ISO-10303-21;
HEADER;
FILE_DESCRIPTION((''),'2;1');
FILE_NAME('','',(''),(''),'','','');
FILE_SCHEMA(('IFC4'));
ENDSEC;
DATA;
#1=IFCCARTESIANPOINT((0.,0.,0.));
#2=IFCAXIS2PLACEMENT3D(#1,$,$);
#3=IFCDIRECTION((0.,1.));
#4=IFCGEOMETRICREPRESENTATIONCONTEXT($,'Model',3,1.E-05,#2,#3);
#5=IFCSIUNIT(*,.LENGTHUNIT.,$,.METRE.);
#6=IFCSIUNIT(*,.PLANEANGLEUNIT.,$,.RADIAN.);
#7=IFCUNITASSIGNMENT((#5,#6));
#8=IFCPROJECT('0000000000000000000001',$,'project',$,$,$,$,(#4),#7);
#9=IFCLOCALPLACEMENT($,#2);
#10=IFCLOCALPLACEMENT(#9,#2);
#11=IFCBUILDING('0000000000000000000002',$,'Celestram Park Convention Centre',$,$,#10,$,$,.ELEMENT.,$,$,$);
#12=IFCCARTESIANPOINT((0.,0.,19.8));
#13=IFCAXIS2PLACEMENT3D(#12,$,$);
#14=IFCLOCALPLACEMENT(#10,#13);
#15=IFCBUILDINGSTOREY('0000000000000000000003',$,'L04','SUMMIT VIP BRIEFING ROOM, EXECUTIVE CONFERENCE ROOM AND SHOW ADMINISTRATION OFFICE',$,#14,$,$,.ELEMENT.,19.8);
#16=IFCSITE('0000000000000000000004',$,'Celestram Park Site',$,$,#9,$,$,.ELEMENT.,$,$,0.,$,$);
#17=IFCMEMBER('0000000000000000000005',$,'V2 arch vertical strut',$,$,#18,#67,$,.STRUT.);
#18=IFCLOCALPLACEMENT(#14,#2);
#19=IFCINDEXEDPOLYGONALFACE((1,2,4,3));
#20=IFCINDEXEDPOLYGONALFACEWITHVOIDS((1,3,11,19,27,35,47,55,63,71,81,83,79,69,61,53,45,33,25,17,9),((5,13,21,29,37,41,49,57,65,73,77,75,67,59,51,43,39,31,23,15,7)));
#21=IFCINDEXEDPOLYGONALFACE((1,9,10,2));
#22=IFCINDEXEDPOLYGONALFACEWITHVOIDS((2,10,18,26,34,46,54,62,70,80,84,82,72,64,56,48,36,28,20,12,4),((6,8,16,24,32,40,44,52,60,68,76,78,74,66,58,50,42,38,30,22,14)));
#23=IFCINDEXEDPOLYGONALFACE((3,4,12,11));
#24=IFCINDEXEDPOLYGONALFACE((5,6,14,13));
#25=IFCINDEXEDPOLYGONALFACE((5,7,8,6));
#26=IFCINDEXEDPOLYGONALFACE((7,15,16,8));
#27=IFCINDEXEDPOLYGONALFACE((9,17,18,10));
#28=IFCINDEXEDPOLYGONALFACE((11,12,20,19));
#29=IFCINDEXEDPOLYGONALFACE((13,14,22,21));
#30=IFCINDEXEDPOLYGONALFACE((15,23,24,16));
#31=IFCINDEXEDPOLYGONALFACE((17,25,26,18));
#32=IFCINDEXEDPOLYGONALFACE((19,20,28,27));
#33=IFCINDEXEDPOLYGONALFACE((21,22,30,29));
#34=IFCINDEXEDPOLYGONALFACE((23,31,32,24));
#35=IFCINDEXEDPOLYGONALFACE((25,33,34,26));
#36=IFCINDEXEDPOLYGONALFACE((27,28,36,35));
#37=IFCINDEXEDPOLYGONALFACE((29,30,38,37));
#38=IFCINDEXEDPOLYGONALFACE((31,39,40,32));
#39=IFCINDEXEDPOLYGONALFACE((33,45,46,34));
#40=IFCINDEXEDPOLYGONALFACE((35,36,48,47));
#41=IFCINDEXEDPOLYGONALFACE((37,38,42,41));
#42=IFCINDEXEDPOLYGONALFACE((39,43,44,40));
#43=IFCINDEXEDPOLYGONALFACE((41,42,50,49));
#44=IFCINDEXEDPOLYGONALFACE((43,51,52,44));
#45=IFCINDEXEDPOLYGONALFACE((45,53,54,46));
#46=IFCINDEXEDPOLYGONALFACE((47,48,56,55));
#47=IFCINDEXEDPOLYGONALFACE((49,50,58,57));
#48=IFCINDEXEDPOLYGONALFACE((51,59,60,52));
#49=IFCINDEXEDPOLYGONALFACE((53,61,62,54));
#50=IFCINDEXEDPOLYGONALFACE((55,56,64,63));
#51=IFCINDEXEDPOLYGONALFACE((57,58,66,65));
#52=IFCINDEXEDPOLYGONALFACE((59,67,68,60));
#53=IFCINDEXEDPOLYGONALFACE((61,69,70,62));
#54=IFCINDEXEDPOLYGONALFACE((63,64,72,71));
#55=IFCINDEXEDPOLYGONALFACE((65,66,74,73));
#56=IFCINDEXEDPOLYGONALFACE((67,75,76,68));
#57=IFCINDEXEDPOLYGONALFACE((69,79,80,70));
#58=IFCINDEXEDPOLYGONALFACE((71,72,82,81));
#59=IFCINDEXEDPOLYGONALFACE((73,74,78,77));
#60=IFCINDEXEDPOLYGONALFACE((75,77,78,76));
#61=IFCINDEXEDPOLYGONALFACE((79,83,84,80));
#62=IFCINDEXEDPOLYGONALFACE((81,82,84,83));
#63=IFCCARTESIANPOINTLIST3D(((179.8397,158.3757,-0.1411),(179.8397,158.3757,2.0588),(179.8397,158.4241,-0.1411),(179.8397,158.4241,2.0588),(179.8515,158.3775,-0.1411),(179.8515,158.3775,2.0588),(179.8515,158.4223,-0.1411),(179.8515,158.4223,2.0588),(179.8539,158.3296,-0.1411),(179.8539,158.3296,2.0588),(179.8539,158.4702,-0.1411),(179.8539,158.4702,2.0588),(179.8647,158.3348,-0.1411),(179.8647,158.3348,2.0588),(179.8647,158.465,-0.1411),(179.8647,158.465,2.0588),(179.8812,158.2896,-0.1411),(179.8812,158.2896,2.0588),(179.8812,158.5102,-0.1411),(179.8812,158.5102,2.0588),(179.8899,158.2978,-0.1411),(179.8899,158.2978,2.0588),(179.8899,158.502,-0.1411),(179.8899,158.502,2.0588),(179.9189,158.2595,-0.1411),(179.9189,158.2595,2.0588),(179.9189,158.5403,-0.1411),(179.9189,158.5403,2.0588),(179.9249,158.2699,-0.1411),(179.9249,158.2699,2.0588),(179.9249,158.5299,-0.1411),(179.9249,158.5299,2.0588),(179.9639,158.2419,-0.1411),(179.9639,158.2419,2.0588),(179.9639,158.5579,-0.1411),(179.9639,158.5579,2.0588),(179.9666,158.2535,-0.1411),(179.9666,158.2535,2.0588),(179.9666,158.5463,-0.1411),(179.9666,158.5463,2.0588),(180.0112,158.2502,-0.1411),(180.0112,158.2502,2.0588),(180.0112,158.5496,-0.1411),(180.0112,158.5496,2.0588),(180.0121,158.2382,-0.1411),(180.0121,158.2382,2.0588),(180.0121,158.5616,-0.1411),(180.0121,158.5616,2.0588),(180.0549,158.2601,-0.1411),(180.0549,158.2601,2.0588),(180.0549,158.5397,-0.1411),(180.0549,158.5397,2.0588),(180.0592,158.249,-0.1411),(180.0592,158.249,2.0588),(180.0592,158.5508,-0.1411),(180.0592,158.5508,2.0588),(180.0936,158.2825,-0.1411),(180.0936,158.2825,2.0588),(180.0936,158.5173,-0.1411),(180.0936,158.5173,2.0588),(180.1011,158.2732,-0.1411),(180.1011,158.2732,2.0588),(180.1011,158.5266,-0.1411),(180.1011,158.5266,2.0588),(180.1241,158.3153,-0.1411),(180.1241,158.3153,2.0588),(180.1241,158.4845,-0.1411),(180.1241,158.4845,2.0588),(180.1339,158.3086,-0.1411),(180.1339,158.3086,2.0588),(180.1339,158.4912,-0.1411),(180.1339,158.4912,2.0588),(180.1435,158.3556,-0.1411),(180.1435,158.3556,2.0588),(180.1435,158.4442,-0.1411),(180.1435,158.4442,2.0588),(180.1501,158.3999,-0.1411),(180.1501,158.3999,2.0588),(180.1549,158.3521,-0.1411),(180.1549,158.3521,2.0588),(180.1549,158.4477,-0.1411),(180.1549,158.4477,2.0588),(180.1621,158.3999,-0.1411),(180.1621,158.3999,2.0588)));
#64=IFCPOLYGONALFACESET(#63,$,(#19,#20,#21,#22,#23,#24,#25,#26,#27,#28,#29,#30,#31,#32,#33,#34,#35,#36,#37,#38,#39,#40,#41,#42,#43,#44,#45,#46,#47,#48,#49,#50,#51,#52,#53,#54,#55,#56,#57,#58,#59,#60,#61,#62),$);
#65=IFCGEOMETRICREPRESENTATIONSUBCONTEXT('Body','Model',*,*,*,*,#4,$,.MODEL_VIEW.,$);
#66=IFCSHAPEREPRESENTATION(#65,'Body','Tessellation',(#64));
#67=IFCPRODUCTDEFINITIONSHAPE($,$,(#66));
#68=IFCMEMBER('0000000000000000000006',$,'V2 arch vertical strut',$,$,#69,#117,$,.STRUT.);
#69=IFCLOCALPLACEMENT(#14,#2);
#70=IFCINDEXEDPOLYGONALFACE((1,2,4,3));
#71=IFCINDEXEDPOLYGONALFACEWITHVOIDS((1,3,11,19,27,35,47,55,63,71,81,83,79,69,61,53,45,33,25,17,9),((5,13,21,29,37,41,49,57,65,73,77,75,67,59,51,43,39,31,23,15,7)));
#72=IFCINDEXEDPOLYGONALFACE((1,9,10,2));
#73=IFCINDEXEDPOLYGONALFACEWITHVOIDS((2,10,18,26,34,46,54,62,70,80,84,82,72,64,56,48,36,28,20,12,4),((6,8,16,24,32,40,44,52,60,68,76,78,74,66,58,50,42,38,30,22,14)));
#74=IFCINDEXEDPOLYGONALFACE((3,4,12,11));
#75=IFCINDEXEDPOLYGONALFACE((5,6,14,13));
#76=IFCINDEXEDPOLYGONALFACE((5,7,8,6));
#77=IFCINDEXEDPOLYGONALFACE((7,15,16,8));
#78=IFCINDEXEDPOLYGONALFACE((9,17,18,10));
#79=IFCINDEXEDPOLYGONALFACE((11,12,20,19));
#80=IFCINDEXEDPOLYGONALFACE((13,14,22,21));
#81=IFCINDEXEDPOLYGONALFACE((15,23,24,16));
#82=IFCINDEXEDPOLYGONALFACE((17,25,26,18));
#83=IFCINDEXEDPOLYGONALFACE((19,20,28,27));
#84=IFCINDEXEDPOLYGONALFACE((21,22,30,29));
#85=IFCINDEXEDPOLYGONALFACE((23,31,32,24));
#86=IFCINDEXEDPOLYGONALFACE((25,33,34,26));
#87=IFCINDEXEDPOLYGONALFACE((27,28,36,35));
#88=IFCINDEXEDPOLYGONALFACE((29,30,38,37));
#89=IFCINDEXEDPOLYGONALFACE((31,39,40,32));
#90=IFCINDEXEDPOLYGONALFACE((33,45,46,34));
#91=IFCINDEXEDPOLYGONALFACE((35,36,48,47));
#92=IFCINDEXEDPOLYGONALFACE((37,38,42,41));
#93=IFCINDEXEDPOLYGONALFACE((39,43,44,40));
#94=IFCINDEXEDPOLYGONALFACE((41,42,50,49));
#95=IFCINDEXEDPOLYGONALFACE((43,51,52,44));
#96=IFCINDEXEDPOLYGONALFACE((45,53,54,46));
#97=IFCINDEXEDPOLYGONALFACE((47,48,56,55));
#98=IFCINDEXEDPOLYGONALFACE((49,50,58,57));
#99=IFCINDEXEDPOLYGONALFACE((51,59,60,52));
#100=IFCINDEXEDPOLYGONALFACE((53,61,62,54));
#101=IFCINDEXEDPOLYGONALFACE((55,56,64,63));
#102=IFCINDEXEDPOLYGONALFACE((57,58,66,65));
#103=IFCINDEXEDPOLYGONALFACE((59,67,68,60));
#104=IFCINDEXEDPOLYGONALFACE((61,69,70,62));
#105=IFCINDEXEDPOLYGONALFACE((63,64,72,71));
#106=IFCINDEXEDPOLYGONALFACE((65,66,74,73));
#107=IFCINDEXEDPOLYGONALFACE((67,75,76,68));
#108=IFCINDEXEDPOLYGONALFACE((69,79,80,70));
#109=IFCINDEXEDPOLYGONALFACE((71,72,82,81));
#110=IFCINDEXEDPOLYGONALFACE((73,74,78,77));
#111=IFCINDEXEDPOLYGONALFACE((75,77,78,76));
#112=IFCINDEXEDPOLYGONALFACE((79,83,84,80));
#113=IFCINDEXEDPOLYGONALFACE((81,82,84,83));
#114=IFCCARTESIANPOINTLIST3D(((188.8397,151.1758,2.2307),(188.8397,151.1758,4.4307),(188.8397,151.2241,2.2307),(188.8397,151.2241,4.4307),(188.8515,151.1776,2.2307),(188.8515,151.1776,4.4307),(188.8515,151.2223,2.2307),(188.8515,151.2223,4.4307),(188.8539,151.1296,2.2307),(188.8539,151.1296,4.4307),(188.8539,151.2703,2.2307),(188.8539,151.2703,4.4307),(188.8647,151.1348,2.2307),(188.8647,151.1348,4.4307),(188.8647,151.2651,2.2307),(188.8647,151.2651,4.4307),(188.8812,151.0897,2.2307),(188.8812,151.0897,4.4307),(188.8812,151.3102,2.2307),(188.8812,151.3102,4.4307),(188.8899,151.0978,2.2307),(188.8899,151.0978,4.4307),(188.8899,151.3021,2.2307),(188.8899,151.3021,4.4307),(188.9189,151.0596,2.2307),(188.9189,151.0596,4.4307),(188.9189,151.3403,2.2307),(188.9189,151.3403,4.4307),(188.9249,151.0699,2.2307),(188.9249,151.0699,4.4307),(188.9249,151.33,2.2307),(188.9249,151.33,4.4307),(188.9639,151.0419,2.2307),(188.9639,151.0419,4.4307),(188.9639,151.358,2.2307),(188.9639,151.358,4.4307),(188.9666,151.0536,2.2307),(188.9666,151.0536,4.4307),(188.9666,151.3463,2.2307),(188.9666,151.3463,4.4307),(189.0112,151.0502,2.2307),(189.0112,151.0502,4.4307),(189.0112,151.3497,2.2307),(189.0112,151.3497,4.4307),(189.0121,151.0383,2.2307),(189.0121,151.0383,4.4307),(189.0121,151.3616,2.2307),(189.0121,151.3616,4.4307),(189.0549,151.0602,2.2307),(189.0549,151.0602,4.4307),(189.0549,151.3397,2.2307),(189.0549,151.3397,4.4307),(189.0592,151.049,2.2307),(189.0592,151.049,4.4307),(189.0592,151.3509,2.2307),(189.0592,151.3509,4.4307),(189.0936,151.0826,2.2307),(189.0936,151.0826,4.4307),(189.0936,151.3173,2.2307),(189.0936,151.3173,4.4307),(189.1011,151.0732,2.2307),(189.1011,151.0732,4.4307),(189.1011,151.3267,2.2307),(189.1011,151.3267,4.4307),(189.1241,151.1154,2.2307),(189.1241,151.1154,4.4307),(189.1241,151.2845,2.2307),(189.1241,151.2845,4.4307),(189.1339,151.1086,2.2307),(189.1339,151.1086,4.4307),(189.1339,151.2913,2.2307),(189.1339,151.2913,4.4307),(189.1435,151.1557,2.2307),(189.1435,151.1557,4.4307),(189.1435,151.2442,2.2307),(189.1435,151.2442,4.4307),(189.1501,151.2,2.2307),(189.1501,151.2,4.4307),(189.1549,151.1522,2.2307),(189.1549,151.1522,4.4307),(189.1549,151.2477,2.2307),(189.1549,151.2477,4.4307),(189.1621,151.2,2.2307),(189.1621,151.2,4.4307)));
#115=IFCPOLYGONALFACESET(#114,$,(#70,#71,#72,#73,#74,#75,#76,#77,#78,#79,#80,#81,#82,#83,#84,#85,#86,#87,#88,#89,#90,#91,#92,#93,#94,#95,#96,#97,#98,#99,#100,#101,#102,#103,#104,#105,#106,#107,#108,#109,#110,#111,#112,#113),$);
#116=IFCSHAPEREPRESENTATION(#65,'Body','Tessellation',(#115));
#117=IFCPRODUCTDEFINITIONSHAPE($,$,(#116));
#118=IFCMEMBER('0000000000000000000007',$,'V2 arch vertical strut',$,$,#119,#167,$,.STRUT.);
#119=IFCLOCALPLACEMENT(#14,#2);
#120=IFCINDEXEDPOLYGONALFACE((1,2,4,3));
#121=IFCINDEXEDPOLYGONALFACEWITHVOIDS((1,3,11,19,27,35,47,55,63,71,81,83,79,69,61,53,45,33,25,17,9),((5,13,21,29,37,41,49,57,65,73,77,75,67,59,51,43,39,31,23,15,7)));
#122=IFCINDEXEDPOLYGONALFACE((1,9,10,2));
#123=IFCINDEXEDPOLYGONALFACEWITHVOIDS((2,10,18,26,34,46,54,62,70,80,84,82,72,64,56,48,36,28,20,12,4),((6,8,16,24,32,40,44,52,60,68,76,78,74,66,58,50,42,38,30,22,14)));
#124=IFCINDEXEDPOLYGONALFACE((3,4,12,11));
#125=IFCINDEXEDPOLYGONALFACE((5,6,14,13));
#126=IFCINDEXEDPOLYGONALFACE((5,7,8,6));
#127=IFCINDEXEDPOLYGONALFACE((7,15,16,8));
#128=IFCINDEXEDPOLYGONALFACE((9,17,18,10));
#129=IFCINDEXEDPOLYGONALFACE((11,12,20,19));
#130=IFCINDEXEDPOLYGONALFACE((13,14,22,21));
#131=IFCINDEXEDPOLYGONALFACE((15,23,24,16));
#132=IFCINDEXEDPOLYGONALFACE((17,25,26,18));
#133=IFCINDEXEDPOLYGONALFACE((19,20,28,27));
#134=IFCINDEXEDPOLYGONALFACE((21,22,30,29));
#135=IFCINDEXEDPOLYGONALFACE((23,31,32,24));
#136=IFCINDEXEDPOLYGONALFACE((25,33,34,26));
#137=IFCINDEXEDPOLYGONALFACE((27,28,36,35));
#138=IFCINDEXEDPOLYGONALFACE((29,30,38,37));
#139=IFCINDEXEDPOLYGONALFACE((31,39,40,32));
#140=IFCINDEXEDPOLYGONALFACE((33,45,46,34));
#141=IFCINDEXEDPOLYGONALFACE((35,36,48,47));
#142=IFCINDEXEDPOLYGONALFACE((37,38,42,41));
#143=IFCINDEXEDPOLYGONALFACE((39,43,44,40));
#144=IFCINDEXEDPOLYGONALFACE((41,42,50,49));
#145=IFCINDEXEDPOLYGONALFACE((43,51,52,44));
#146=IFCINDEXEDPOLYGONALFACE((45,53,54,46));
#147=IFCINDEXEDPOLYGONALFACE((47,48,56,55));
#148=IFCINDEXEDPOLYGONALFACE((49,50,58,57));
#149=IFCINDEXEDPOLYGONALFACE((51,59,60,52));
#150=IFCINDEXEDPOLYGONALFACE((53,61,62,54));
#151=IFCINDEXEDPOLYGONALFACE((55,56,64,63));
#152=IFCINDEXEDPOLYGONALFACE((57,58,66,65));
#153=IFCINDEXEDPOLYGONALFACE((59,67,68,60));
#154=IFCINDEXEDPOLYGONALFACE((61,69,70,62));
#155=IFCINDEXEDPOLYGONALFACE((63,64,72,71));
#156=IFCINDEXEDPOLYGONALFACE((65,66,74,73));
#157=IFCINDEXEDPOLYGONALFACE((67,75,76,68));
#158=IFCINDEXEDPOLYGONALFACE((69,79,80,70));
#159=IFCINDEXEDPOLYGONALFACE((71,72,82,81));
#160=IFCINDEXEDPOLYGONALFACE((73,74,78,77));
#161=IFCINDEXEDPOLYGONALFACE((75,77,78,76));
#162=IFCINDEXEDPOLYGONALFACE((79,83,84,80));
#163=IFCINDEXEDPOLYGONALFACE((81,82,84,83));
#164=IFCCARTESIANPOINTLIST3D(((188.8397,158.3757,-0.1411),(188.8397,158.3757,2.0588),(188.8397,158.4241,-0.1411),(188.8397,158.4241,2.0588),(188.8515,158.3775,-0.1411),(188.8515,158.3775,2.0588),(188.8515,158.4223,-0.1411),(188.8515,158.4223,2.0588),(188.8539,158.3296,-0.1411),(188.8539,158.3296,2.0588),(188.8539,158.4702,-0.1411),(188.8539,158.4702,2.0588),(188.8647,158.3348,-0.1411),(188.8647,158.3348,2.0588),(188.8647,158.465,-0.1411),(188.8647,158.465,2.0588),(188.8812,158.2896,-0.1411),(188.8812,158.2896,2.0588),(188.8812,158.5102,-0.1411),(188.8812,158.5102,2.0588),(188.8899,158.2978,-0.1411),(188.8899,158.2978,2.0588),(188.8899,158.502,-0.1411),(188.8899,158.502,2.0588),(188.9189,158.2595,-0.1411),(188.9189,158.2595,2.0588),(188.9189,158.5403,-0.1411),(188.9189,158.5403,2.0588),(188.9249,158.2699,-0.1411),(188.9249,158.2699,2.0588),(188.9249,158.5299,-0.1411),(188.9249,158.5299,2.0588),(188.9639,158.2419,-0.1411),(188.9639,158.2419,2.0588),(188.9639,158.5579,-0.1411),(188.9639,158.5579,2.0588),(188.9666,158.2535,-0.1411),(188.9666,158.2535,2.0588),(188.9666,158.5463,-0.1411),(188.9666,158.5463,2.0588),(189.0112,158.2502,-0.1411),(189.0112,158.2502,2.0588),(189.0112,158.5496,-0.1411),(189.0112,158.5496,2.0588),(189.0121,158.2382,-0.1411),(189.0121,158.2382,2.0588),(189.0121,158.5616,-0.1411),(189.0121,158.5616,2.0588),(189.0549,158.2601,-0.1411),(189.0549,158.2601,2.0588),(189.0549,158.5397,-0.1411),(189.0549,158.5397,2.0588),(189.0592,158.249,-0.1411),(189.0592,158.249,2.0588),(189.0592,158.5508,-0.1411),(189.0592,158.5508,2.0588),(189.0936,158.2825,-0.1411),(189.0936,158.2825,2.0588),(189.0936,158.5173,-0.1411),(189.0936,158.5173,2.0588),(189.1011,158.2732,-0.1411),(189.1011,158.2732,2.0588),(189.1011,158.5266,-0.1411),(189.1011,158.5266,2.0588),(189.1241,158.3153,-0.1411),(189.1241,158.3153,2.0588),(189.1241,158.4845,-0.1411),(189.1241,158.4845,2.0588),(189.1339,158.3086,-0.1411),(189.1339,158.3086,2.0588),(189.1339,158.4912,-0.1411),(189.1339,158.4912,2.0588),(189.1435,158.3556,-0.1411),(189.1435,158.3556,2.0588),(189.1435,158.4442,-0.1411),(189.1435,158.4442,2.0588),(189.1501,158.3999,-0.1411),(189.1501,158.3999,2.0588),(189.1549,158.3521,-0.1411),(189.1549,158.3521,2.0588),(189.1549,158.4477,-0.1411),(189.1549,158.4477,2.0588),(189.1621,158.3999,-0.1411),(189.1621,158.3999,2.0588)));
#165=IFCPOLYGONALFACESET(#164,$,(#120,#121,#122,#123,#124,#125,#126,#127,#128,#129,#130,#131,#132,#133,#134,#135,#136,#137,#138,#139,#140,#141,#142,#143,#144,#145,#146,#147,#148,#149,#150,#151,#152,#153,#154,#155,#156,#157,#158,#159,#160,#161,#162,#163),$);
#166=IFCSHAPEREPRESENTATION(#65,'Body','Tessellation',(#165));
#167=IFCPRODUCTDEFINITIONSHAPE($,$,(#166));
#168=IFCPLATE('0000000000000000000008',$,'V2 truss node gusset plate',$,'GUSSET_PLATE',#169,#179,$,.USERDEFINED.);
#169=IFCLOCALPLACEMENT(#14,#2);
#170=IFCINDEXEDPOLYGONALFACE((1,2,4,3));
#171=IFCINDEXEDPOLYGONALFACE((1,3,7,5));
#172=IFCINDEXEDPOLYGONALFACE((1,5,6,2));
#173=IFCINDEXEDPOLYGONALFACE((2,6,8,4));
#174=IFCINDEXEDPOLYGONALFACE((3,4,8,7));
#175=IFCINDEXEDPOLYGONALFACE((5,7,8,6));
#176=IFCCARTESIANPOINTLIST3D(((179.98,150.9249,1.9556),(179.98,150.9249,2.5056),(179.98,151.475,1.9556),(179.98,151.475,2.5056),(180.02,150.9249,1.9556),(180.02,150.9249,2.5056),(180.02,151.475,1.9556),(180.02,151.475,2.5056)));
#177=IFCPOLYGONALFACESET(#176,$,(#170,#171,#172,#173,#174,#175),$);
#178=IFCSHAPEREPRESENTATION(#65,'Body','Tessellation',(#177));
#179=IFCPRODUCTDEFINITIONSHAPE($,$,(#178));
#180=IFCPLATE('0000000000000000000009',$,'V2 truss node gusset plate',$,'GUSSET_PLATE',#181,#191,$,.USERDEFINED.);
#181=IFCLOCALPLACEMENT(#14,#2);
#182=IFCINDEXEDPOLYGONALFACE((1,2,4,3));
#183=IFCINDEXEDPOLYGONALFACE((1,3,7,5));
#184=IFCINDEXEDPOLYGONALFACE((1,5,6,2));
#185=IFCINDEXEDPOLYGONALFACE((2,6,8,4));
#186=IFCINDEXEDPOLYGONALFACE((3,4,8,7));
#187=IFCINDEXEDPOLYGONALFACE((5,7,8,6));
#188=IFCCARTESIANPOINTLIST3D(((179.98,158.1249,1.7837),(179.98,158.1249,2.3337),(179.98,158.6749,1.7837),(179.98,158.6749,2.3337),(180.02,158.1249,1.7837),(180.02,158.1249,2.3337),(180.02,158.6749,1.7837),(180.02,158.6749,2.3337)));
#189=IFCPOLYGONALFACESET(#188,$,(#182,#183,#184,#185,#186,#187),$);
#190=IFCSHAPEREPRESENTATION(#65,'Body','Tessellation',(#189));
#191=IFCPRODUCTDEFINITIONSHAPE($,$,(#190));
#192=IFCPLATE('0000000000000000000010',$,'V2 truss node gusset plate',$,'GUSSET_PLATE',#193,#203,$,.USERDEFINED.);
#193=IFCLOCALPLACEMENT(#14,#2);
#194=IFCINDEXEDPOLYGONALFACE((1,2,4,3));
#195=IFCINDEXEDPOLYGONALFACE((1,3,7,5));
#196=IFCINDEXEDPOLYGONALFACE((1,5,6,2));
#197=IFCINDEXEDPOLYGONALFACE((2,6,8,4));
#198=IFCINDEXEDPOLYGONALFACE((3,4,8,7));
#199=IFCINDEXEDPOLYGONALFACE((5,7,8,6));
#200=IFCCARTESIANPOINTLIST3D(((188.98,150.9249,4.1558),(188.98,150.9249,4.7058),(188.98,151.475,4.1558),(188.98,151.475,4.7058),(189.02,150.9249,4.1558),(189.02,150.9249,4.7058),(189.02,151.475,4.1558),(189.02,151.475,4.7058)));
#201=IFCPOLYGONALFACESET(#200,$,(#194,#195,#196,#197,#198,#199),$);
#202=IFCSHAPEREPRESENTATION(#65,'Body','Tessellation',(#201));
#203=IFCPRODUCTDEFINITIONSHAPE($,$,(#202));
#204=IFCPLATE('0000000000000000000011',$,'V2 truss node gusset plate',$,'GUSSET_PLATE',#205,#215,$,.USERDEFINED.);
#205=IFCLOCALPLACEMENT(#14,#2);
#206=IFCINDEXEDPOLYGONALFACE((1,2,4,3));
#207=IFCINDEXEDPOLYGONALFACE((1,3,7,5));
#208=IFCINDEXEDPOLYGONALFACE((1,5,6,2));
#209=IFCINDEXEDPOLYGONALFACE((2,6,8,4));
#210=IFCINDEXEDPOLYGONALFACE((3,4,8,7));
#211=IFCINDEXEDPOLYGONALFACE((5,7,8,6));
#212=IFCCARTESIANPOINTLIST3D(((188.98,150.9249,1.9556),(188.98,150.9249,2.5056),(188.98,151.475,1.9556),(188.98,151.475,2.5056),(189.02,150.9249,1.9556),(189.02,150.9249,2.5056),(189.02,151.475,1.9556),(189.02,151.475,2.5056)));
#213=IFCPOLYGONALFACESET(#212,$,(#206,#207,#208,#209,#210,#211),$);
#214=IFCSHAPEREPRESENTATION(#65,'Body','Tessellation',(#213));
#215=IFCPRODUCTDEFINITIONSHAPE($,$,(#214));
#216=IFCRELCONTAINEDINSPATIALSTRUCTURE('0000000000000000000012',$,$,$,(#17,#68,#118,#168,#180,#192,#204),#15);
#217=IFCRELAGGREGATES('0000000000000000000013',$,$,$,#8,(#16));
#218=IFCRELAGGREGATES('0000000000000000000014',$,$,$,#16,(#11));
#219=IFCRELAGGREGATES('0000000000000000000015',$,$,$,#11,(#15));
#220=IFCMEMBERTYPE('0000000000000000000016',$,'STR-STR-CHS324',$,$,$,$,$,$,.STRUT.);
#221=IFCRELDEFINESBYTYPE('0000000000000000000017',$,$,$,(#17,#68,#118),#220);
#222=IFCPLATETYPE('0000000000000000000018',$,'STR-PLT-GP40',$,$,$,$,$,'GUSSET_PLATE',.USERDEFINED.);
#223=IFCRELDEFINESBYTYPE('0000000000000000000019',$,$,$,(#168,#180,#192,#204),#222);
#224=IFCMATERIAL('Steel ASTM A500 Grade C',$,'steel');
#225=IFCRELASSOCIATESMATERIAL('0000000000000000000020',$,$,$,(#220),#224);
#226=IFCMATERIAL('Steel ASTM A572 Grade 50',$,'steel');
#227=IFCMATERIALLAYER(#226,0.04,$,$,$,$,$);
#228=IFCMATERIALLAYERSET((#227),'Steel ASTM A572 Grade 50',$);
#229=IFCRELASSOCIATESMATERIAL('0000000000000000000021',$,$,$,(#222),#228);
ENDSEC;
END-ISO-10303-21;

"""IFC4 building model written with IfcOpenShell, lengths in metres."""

from ifc_helpers import new_model, si_unit, direction, frame, origin, origin_2d, place, context, subcontext, project, spatial, rectangle, hollow_circle, extrude, material, layer, layer_set, material_profile, profile_set, type_object, element, save


model = new_model("IFC4")

# Units and contexts
model_context = context("Model", 3, precision=1e-05, world=origin(), true_north=direction((0.0, 1.0)))
body_context = subcontext(model_context, "Body", "Model", "MODEL_VIEW")
ifc_project = project(units=[si_unit("LENGTHUNIT", "METRE"), si_unit("PLANEANGLEUNIT", "RADIAN")], contexts=[model_context])

# Site, building, storey
site_placement = place(None, origin())
site = spatial("IfcSite", under=ifc_project, at=site_placement, Name="Celestram Park Site", CompositionType="ELEMENT", RefElevation=0.0)
building_placement = place(site_placement, origin())
building = spatial("IfcBuilding", under=site, at=building_placement, Name="Celestram Park Convention Centre", CompositionType="ELEMENT")
storey_placement = place(building_placement, frame((0.0, 0.0, 19.8)))
storey = spatial("IfcBuildingStorey", under=building, at=storey_placement, Name="L04", Description="SUMMIT VIP BRIEFING ROOM, EXECUTIVE CONFERENCE ROOM AND SHOW ADMINISTRATION OFFICE", CompositionType="ELEMENT", Elevation=19.8)

# Members
ifc_material_1 = material(Name="Steel ASTM A500 Grade C", Category="steel")
ifc_material_profile_1 = material_profile(ifc_material_1, hollow_circle(Radius=0.1621, WallThickness=0.012, at=origin_2d()), Name="CHS324X12")
ifc_profile_set_1 = profile_set([ifc_material_profile_1], Name="Steel ASTM A500 Grade C")
member_type_1 = type_object("IfcMemberType", Name="STR-STR-CHS324", PredefinedType="STRUT", material=ifc_profile_set_1)
for number, where, z_axis, x_axis, name in (
    (1, (180.0, 158.3999, -0.1411), (0.0, 0.0, 1.0), (1.0, 0.0, 0.0), "V2 arch vertical strut"),
    (2, (189.0, 151.2, 2.2307), (0.0, 0.0, 1.0), (1.0, 0.0, 0.0), "V2 arch vertical strut"),
    (3, (189.0, 158.3999, -0.1411), (0.0, 0.0, 1.0), (1.0, 0.0, 0.0), "V2 arch vertical strut"),
):
    element("IfcMember", number, at=place(storey_placement, frame(where, z_axis=z_axis, x_axis=x_axis)), inside=storey, type_object=member_type_1, Name=name, PredefinedType="STRUT", context=body_context, shape_type="SweptSolid", body=[
        extrude(hollow_circle(Radius=0.1621, WallThickness=0.012, at=origin_2d()), origin(), (0.0, 0.0, 1.0), 2.2),
    ])

# Plates
ifc_material_2 = material(Name="Steel ASTM A572 Grade 50", Category="steel")
ifc_layer_1 = layer(ifc_material_2, 0.04)
ifc_layer_set_1 = layer_set([ifc_layer_1], Name="Steel ASTM A572 Grade 50")
plate_type = type_object("IfcPlateType", Name="STR-PLT-GP40", ElementType="GUSSET_PLATE", PredefinedType="USERDEFINED", material=ifc_layer_set_1)
for number, where, z_axis, x_axis, name in (
    (4, (180.0, 151.2, 1.9556), (0.0, 0.0, 1.0), (0.0, 1.0, 0.0), "V2 truss node gusset plate"),
    (5, (180.0, 158.3999, 1.7837), (0.0, 0.0, 1.0), (0.0, 1.0, 0.0), "V2 truss node gusset plate"),
    (6, (189.0, 151.2, 4.1558), (0.0, 0.0, 1.0), (0.0, 1.0, 0.0), "V2 truss node gusset plate"),
    (7, (189.0, 151.2, 1.9556), (0.0, 0.0, 1.0), (0.0, 1.0, 0.0), "V2 truss node gusset plate"),
):
    element("IfcPlate", number, at=place(storey_placement, frame(where, z_axis=z_axis, x_axis=x_axis)), inside=storey, type_object=plate_type, Name=name, ObjectType="GUSSET_PLATE", PredefinedType="USERDEFINED", context=body_context, shape_type="SweptSolid", body=[
        extrude(rectangle(XDim=0.55, YDim=0.04, at=origin_2d()), origin(), (0.0, 0.0, 1.0), 0.55),
    ])

save(model, "model.ifc")
